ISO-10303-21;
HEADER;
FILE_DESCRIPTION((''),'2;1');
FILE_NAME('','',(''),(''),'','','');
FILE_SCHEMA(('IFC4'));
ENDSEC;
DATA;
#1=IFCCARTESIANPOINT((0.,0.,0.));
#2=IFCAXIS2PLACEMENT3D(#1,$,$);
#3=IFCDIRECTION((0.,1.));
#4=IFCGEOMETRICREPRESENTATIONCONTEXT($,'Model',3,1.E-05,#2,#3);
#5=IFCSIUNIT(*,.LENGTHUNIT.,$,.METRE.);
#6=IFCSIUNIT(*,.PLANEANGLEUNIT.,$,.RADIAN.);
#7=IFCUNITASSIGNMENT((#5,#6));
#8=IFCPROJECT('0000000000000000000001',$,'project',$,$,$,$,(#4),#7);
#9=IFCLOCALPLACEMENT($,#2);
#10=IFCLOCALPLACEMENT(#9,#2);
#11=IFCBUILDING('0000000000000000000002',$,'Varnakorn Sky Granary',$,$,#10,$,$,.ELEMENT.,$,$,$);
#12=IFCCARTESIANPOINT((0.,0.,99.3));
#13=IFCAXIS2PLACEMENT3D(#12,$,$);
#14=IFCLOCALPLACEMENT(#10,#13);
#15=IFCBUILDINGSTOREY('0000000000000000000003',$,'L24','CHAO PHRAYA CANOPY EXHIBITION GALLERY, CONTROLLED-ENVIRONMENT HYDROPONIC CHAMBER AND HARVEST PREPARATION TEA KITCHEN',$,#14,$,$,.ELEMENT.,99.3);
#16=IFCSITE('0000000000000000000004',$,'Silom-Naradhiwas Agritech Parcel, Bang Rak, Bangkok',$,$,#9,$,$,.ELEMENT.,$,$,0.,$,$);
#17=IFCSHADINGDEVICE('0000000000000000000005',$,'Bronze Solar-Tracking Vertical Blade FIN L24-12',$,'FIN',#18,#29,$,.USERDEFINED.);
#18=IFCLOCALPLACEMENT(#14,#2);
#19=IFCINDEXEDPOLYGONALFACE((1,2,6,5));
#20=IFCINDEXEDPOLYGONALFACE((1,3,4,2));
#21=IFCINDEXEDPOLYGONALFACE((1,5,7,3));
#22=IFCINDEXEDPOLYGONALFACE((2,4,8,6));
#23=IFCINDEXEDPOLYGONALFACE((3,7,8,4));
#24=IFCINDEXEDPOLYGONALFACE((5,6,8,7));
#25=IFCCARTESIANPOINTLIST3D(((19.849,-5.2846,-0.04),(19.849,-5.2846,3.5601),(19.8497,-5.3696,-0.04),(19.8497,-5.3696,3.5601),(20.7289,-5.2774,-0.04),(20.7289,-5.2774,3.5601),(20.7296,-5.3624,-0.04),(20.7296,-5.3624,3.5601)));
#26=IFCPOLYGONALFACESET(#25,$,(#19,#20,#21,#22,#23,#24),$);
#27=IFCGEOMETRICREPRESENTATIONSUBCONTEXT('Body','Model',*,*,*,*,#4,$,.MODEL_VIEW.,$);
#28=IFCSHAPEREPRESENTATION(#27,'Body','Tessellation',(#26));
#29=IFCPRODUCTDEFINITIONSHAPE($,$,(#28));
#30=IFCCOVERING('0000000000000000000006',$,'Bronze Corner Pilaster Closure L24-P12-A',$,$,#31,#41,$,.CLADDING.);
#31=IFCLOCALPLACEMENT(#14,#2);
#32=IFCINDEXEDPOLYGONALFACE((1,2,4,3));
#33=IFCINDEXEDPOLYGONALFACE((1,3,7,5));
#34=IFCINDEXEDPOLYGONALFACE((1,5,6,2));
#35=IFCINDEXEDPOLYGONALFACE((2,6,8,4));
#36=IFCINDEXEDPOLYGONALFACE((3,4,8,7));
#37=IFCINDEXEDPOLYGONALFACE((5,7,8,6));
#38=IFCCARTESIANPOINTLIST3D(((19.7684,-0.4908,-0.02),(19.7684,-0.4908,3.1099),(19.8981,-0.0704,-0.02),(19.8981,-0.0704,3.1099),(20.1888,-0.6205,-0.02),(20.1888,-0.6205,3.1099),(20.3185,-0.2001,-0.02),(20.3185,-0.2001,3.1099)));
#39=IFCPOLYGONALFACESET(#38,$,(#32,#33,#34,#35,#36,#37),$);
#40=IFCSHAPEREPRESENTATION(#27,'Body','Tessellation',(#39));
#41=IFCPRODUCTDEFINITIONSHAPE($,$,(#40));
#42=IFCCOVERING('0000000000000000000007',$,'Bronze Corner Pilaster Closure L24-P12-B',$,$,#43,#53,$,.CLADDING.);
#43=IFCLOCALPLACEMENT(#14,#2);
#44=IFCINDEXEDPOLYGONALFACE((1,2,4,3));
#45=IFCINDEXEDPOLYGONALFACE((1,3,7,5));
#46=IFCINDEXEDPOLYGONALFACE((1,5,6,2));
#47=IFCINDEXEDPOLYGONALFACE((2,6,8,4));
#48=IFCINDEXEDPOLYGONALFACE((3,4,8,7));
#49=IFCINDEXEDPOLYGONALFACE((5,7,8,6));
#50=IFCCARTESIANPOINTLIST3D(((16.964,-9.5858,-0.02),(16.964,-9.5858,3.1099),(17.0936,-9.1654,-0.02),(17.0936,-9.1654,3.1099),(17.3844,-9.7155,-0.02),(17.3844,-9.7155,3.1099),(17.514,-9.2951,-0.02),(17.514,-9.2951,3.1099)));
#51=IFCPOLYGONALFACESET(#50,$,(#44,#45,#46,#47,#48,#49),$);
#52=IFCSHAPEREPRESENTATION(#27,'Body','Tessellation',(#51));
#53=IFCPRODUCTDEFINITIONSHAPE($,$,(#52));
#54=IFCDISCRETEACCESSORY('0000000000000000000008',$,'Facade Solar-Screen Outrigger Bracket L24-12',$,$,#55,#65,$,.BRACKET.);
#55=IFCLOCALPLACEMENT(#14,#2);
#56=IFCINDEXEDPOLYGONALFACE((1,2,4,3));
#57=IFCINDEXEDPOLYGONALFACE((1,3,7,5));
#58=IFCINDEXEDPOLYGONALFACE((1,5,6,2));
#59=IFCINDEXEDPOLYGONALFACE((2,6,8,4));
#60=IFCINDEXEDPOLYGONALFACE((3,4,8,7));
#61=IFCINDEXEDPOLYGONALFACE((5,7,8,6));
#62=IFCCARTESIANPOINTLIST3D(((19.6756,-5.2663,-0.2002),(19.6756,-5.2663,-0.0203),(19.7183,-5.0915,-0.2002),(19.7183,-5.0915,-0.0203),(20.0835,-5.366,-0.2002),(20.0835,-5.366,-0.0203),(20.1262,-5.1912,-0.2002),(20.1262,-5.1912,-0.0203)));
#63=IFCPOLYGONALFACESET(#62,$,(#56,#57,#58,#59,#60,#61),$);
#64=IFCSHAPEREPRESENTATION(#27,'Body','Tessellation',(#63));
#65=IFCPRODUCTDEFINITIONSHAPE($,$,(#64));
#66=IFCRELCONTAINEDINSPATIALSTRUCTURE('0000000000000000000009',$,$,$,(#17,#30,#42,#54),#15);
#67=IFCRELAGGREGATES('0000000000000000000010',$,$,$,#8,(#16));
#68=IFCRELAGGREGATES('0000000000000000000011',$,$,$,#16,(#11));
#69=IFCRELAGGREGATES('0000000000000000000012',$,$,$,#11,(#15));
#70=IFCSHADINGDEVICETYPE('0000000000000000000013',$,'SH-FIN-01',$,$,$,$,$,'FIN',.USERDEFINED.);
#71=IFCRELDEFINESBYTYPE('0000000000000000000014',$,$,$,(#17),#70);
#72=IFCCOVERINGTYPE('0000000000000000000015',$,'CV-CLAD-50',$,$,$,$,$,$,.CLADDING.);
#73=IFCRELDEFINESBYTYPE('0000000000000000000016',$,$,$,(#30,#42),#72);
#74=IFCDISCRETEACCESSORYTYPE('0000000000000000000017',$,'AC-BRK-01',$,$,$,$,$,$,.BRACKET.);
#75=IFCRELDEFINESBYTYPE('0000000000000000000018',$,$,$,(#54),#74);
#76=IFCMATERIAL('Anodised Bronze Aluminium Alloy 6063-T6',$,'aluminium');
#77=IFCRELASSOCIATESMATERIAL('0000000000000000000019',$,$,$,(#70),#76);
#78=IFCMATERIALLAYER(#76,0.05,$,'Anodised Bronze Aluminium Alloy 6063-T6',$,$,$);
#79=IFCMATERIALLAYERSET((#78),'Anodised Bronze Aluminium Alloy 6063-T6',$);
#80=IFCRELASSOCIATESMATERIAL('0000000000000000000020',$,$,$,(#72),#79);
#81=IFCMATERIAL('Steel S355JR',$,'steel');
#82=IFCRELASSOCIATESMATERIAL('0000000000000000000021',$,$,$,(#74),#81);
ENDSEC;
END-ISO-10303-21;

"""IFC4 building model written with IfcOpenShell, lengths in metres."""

from ifc_helpers import new_model, si_unit, direction, frame, origin, origin_2d, place, context, subcontext, project, spatial, rectangle, extrude, source, transform, mapped, material, layer, layer_set, type_object, type_shapes, element, save


model = new_model("IFC4")

# Units and contexts
model_context = context("Model", 3, precision=1e-05, world=origin(), true_north=direction((0.0, 1.0)))
body_context = subcontext(model_context, "Body", "Model", "MODEL_VIEW")
ifc_project = project(units=[si_unit("LENGTHUNIT", "METRE"), si_unit("PLANEANGLEUNIT", "RADIAN")], contexts=[model_context])

# Site, building, storey
site_placement = place(None, origin())
site = spatial("IfcSite", under=ifc_project, at=site_placement, Name="Silom-Naradhiwas Agritech Parcel, Bang Rak, Bangkok", CompositionType="ELEMENT", RefElevation=0.0)
building_placement = place(site_placement, origin())
building = spatial("IfcBuilding", under=site, at=building_placement, Name="Varnakorn Sky Granary", CompositionType="ELEMENT")
storey_placement = place(building_placement, frame((0.0, 0.0, 99.3)))
storey = spatial("IfcBuildingStorey", under=building, at=storey_placement, Name="L24", Description="CHAO PHRAYA CANOPY EXHIBITION GALLERY, CONTROLLED-ENVIRONMENT HYDROPONIC CHAMBER AND HARVEST PREPARATION TEA KITCHEN", CompositionType="ELEMENT", Elevation=99.3)

# Shared definitions
ifc_material_1 = material(Name="Steel S355JR", Category="steel")

# Shared definitions
ifc_material_2 = material(Name="Anodised Bronze Aluminium Alloy 6063-T6", Category="aluminium")

# Shading device
shading_device_type = type_object("IfcShadingDeviceType", Name="SH-FIN-01", ElementType="FIN", PredefinedType="USERDEFINED", material=ifc_material_2)
shared_shape_1 = source(origin(), body_context, "Body", "SweptSolid", [
    extrude(rectangle(XDim=0.085, YDim=0.8799, at=origin_2d()), origin(), (0.0, 0.0, 1.0), 3.6001),
])
type_shapes(shading_device_type, [shared_shape_1])
shading_device_placement = place(storey_placement, frame((20.2893, -5.3235, -0.04), z_axis=(0.0, 0.0, 1.0), x_axis=(-0.008164, 0.999967, 0.0)))
element("IfcShadingDevice", 1, at=shading_device_placement, inside=storey, type_object=shading_device_type, Name="Bronze Solar-Tracking Vertical Blade FIN L24-12", ObjectType="FIN", PredefinedType="USERDEFINED", context=body_context, shape_type="MappedRepresentation", body=[
    mapped(shared_shape_1, transform((0.0, 0.0, 0.0), x_axis=(1.0, 0.0, 0.0), y_axis=(0.0, 1.0, 0.0), z_axis=(0.0, 0.0, 1.0), scale=1.0)),
])

# Coverings
ifc_layer_1 = layer(ifc_material_2, 0.05, Name="Anodised Bronze Aluminium Alloy 6063-T6")
ifc_layer_set_1 = layer_set([ifc_layer_1], Name="Anodised Bronze Aluminium Alloy 6063-T6")
covering_type = type_object("IfcCoveringType", Name="CV-CLAD-50", PredefinedType="CLADDING", material=ifc_layer_set_1)
shared_shape_2 = source(origin(), body_context, "Body", "SweptSolid", [
    extrude(rectangle(XDim=0.4399, YDim=0.4399, at=origin_2d()), origin(), (0.0, 0.0, 1.0), 3.1299),
])
type_shapes(covering_type, [shared_shape_2])
for number, where, z_axis, x_axis, name in (
    (2, (20.0435, -0.3455, -0.02), (0.0, 0.0, 1.0), (-0.294708, -0.955588, 0.0), "Bronze Corner Pilaster Closure L24-P12-A"),
    (3, (17.239, -9.4404, -0.02), (0.0, 0.0, 1.0), (-0.294708, -0.955588, 0.0), "Bronze Corner Pilaster Closure L24-P12-B"),
):
    element("IfcCovering", number, at=place(storey_placement, frame(where, z_axis=z_axis, x_axis=x_axis)), inside=storey, type_object=covering_type, Name=name, PredefinedType="CLADDING", context=body_context, shape_type="MappedRepresentation", body=[
        mapped(shared_shape_2, transform((0.0, 0.0, 0.0), x_axis=(1.0, 0.0, 0.0), y_axis=(0.0, 1.0, 0.0), z_axis=(0.0, 0.0, 1.0), scale=1.0)),
    ])

# Discrete accessory
discrete_accessory_type = type_object("IfcDiscreteAccessoryType", Name="AC-BRK-01", PredefinedType="BRACKET", material=ifc_material_1)
shared_shape_3 = source(origin(), body_context, "Body", "SweptSolid", [
    extrude(rectangle(XDim=0.1799, YDim=0.4199, at=origin_2d()), origin(), (0.0, 0.0, 1.0), 0.1799),
])
type_shapes(discrete_accessory_type, [shared_shape_3])
discrete_accessory_placement = place(storey_placement, frame((19.9009, -5.2288, -0.2002), z_axis=(0.0, 0.0, 1.0), x_axis=(0.237341, 0.971426, 0.0)))
element("IfcDiscreteAccessory", 4, at=discrete_accessory_placement, inside=storey, type_object=discrete_accessory_type, Name="Facade Solar-Screen Outrigger Bracket L24-12", PredefinedType="BRACKET", context=body_context, shape_type="MappedRepresentation", body=[
    mapped(shared_shape_3, transform((0.0, 0.0, 0.0), x_axis=(1.0, 0.0, 0.0), y_axis=(0.0, 1.0, 0.0), z_axis=(0.0, 0.0, 1.0), scale=1.0)),
])

save(model, "model.ifc")
